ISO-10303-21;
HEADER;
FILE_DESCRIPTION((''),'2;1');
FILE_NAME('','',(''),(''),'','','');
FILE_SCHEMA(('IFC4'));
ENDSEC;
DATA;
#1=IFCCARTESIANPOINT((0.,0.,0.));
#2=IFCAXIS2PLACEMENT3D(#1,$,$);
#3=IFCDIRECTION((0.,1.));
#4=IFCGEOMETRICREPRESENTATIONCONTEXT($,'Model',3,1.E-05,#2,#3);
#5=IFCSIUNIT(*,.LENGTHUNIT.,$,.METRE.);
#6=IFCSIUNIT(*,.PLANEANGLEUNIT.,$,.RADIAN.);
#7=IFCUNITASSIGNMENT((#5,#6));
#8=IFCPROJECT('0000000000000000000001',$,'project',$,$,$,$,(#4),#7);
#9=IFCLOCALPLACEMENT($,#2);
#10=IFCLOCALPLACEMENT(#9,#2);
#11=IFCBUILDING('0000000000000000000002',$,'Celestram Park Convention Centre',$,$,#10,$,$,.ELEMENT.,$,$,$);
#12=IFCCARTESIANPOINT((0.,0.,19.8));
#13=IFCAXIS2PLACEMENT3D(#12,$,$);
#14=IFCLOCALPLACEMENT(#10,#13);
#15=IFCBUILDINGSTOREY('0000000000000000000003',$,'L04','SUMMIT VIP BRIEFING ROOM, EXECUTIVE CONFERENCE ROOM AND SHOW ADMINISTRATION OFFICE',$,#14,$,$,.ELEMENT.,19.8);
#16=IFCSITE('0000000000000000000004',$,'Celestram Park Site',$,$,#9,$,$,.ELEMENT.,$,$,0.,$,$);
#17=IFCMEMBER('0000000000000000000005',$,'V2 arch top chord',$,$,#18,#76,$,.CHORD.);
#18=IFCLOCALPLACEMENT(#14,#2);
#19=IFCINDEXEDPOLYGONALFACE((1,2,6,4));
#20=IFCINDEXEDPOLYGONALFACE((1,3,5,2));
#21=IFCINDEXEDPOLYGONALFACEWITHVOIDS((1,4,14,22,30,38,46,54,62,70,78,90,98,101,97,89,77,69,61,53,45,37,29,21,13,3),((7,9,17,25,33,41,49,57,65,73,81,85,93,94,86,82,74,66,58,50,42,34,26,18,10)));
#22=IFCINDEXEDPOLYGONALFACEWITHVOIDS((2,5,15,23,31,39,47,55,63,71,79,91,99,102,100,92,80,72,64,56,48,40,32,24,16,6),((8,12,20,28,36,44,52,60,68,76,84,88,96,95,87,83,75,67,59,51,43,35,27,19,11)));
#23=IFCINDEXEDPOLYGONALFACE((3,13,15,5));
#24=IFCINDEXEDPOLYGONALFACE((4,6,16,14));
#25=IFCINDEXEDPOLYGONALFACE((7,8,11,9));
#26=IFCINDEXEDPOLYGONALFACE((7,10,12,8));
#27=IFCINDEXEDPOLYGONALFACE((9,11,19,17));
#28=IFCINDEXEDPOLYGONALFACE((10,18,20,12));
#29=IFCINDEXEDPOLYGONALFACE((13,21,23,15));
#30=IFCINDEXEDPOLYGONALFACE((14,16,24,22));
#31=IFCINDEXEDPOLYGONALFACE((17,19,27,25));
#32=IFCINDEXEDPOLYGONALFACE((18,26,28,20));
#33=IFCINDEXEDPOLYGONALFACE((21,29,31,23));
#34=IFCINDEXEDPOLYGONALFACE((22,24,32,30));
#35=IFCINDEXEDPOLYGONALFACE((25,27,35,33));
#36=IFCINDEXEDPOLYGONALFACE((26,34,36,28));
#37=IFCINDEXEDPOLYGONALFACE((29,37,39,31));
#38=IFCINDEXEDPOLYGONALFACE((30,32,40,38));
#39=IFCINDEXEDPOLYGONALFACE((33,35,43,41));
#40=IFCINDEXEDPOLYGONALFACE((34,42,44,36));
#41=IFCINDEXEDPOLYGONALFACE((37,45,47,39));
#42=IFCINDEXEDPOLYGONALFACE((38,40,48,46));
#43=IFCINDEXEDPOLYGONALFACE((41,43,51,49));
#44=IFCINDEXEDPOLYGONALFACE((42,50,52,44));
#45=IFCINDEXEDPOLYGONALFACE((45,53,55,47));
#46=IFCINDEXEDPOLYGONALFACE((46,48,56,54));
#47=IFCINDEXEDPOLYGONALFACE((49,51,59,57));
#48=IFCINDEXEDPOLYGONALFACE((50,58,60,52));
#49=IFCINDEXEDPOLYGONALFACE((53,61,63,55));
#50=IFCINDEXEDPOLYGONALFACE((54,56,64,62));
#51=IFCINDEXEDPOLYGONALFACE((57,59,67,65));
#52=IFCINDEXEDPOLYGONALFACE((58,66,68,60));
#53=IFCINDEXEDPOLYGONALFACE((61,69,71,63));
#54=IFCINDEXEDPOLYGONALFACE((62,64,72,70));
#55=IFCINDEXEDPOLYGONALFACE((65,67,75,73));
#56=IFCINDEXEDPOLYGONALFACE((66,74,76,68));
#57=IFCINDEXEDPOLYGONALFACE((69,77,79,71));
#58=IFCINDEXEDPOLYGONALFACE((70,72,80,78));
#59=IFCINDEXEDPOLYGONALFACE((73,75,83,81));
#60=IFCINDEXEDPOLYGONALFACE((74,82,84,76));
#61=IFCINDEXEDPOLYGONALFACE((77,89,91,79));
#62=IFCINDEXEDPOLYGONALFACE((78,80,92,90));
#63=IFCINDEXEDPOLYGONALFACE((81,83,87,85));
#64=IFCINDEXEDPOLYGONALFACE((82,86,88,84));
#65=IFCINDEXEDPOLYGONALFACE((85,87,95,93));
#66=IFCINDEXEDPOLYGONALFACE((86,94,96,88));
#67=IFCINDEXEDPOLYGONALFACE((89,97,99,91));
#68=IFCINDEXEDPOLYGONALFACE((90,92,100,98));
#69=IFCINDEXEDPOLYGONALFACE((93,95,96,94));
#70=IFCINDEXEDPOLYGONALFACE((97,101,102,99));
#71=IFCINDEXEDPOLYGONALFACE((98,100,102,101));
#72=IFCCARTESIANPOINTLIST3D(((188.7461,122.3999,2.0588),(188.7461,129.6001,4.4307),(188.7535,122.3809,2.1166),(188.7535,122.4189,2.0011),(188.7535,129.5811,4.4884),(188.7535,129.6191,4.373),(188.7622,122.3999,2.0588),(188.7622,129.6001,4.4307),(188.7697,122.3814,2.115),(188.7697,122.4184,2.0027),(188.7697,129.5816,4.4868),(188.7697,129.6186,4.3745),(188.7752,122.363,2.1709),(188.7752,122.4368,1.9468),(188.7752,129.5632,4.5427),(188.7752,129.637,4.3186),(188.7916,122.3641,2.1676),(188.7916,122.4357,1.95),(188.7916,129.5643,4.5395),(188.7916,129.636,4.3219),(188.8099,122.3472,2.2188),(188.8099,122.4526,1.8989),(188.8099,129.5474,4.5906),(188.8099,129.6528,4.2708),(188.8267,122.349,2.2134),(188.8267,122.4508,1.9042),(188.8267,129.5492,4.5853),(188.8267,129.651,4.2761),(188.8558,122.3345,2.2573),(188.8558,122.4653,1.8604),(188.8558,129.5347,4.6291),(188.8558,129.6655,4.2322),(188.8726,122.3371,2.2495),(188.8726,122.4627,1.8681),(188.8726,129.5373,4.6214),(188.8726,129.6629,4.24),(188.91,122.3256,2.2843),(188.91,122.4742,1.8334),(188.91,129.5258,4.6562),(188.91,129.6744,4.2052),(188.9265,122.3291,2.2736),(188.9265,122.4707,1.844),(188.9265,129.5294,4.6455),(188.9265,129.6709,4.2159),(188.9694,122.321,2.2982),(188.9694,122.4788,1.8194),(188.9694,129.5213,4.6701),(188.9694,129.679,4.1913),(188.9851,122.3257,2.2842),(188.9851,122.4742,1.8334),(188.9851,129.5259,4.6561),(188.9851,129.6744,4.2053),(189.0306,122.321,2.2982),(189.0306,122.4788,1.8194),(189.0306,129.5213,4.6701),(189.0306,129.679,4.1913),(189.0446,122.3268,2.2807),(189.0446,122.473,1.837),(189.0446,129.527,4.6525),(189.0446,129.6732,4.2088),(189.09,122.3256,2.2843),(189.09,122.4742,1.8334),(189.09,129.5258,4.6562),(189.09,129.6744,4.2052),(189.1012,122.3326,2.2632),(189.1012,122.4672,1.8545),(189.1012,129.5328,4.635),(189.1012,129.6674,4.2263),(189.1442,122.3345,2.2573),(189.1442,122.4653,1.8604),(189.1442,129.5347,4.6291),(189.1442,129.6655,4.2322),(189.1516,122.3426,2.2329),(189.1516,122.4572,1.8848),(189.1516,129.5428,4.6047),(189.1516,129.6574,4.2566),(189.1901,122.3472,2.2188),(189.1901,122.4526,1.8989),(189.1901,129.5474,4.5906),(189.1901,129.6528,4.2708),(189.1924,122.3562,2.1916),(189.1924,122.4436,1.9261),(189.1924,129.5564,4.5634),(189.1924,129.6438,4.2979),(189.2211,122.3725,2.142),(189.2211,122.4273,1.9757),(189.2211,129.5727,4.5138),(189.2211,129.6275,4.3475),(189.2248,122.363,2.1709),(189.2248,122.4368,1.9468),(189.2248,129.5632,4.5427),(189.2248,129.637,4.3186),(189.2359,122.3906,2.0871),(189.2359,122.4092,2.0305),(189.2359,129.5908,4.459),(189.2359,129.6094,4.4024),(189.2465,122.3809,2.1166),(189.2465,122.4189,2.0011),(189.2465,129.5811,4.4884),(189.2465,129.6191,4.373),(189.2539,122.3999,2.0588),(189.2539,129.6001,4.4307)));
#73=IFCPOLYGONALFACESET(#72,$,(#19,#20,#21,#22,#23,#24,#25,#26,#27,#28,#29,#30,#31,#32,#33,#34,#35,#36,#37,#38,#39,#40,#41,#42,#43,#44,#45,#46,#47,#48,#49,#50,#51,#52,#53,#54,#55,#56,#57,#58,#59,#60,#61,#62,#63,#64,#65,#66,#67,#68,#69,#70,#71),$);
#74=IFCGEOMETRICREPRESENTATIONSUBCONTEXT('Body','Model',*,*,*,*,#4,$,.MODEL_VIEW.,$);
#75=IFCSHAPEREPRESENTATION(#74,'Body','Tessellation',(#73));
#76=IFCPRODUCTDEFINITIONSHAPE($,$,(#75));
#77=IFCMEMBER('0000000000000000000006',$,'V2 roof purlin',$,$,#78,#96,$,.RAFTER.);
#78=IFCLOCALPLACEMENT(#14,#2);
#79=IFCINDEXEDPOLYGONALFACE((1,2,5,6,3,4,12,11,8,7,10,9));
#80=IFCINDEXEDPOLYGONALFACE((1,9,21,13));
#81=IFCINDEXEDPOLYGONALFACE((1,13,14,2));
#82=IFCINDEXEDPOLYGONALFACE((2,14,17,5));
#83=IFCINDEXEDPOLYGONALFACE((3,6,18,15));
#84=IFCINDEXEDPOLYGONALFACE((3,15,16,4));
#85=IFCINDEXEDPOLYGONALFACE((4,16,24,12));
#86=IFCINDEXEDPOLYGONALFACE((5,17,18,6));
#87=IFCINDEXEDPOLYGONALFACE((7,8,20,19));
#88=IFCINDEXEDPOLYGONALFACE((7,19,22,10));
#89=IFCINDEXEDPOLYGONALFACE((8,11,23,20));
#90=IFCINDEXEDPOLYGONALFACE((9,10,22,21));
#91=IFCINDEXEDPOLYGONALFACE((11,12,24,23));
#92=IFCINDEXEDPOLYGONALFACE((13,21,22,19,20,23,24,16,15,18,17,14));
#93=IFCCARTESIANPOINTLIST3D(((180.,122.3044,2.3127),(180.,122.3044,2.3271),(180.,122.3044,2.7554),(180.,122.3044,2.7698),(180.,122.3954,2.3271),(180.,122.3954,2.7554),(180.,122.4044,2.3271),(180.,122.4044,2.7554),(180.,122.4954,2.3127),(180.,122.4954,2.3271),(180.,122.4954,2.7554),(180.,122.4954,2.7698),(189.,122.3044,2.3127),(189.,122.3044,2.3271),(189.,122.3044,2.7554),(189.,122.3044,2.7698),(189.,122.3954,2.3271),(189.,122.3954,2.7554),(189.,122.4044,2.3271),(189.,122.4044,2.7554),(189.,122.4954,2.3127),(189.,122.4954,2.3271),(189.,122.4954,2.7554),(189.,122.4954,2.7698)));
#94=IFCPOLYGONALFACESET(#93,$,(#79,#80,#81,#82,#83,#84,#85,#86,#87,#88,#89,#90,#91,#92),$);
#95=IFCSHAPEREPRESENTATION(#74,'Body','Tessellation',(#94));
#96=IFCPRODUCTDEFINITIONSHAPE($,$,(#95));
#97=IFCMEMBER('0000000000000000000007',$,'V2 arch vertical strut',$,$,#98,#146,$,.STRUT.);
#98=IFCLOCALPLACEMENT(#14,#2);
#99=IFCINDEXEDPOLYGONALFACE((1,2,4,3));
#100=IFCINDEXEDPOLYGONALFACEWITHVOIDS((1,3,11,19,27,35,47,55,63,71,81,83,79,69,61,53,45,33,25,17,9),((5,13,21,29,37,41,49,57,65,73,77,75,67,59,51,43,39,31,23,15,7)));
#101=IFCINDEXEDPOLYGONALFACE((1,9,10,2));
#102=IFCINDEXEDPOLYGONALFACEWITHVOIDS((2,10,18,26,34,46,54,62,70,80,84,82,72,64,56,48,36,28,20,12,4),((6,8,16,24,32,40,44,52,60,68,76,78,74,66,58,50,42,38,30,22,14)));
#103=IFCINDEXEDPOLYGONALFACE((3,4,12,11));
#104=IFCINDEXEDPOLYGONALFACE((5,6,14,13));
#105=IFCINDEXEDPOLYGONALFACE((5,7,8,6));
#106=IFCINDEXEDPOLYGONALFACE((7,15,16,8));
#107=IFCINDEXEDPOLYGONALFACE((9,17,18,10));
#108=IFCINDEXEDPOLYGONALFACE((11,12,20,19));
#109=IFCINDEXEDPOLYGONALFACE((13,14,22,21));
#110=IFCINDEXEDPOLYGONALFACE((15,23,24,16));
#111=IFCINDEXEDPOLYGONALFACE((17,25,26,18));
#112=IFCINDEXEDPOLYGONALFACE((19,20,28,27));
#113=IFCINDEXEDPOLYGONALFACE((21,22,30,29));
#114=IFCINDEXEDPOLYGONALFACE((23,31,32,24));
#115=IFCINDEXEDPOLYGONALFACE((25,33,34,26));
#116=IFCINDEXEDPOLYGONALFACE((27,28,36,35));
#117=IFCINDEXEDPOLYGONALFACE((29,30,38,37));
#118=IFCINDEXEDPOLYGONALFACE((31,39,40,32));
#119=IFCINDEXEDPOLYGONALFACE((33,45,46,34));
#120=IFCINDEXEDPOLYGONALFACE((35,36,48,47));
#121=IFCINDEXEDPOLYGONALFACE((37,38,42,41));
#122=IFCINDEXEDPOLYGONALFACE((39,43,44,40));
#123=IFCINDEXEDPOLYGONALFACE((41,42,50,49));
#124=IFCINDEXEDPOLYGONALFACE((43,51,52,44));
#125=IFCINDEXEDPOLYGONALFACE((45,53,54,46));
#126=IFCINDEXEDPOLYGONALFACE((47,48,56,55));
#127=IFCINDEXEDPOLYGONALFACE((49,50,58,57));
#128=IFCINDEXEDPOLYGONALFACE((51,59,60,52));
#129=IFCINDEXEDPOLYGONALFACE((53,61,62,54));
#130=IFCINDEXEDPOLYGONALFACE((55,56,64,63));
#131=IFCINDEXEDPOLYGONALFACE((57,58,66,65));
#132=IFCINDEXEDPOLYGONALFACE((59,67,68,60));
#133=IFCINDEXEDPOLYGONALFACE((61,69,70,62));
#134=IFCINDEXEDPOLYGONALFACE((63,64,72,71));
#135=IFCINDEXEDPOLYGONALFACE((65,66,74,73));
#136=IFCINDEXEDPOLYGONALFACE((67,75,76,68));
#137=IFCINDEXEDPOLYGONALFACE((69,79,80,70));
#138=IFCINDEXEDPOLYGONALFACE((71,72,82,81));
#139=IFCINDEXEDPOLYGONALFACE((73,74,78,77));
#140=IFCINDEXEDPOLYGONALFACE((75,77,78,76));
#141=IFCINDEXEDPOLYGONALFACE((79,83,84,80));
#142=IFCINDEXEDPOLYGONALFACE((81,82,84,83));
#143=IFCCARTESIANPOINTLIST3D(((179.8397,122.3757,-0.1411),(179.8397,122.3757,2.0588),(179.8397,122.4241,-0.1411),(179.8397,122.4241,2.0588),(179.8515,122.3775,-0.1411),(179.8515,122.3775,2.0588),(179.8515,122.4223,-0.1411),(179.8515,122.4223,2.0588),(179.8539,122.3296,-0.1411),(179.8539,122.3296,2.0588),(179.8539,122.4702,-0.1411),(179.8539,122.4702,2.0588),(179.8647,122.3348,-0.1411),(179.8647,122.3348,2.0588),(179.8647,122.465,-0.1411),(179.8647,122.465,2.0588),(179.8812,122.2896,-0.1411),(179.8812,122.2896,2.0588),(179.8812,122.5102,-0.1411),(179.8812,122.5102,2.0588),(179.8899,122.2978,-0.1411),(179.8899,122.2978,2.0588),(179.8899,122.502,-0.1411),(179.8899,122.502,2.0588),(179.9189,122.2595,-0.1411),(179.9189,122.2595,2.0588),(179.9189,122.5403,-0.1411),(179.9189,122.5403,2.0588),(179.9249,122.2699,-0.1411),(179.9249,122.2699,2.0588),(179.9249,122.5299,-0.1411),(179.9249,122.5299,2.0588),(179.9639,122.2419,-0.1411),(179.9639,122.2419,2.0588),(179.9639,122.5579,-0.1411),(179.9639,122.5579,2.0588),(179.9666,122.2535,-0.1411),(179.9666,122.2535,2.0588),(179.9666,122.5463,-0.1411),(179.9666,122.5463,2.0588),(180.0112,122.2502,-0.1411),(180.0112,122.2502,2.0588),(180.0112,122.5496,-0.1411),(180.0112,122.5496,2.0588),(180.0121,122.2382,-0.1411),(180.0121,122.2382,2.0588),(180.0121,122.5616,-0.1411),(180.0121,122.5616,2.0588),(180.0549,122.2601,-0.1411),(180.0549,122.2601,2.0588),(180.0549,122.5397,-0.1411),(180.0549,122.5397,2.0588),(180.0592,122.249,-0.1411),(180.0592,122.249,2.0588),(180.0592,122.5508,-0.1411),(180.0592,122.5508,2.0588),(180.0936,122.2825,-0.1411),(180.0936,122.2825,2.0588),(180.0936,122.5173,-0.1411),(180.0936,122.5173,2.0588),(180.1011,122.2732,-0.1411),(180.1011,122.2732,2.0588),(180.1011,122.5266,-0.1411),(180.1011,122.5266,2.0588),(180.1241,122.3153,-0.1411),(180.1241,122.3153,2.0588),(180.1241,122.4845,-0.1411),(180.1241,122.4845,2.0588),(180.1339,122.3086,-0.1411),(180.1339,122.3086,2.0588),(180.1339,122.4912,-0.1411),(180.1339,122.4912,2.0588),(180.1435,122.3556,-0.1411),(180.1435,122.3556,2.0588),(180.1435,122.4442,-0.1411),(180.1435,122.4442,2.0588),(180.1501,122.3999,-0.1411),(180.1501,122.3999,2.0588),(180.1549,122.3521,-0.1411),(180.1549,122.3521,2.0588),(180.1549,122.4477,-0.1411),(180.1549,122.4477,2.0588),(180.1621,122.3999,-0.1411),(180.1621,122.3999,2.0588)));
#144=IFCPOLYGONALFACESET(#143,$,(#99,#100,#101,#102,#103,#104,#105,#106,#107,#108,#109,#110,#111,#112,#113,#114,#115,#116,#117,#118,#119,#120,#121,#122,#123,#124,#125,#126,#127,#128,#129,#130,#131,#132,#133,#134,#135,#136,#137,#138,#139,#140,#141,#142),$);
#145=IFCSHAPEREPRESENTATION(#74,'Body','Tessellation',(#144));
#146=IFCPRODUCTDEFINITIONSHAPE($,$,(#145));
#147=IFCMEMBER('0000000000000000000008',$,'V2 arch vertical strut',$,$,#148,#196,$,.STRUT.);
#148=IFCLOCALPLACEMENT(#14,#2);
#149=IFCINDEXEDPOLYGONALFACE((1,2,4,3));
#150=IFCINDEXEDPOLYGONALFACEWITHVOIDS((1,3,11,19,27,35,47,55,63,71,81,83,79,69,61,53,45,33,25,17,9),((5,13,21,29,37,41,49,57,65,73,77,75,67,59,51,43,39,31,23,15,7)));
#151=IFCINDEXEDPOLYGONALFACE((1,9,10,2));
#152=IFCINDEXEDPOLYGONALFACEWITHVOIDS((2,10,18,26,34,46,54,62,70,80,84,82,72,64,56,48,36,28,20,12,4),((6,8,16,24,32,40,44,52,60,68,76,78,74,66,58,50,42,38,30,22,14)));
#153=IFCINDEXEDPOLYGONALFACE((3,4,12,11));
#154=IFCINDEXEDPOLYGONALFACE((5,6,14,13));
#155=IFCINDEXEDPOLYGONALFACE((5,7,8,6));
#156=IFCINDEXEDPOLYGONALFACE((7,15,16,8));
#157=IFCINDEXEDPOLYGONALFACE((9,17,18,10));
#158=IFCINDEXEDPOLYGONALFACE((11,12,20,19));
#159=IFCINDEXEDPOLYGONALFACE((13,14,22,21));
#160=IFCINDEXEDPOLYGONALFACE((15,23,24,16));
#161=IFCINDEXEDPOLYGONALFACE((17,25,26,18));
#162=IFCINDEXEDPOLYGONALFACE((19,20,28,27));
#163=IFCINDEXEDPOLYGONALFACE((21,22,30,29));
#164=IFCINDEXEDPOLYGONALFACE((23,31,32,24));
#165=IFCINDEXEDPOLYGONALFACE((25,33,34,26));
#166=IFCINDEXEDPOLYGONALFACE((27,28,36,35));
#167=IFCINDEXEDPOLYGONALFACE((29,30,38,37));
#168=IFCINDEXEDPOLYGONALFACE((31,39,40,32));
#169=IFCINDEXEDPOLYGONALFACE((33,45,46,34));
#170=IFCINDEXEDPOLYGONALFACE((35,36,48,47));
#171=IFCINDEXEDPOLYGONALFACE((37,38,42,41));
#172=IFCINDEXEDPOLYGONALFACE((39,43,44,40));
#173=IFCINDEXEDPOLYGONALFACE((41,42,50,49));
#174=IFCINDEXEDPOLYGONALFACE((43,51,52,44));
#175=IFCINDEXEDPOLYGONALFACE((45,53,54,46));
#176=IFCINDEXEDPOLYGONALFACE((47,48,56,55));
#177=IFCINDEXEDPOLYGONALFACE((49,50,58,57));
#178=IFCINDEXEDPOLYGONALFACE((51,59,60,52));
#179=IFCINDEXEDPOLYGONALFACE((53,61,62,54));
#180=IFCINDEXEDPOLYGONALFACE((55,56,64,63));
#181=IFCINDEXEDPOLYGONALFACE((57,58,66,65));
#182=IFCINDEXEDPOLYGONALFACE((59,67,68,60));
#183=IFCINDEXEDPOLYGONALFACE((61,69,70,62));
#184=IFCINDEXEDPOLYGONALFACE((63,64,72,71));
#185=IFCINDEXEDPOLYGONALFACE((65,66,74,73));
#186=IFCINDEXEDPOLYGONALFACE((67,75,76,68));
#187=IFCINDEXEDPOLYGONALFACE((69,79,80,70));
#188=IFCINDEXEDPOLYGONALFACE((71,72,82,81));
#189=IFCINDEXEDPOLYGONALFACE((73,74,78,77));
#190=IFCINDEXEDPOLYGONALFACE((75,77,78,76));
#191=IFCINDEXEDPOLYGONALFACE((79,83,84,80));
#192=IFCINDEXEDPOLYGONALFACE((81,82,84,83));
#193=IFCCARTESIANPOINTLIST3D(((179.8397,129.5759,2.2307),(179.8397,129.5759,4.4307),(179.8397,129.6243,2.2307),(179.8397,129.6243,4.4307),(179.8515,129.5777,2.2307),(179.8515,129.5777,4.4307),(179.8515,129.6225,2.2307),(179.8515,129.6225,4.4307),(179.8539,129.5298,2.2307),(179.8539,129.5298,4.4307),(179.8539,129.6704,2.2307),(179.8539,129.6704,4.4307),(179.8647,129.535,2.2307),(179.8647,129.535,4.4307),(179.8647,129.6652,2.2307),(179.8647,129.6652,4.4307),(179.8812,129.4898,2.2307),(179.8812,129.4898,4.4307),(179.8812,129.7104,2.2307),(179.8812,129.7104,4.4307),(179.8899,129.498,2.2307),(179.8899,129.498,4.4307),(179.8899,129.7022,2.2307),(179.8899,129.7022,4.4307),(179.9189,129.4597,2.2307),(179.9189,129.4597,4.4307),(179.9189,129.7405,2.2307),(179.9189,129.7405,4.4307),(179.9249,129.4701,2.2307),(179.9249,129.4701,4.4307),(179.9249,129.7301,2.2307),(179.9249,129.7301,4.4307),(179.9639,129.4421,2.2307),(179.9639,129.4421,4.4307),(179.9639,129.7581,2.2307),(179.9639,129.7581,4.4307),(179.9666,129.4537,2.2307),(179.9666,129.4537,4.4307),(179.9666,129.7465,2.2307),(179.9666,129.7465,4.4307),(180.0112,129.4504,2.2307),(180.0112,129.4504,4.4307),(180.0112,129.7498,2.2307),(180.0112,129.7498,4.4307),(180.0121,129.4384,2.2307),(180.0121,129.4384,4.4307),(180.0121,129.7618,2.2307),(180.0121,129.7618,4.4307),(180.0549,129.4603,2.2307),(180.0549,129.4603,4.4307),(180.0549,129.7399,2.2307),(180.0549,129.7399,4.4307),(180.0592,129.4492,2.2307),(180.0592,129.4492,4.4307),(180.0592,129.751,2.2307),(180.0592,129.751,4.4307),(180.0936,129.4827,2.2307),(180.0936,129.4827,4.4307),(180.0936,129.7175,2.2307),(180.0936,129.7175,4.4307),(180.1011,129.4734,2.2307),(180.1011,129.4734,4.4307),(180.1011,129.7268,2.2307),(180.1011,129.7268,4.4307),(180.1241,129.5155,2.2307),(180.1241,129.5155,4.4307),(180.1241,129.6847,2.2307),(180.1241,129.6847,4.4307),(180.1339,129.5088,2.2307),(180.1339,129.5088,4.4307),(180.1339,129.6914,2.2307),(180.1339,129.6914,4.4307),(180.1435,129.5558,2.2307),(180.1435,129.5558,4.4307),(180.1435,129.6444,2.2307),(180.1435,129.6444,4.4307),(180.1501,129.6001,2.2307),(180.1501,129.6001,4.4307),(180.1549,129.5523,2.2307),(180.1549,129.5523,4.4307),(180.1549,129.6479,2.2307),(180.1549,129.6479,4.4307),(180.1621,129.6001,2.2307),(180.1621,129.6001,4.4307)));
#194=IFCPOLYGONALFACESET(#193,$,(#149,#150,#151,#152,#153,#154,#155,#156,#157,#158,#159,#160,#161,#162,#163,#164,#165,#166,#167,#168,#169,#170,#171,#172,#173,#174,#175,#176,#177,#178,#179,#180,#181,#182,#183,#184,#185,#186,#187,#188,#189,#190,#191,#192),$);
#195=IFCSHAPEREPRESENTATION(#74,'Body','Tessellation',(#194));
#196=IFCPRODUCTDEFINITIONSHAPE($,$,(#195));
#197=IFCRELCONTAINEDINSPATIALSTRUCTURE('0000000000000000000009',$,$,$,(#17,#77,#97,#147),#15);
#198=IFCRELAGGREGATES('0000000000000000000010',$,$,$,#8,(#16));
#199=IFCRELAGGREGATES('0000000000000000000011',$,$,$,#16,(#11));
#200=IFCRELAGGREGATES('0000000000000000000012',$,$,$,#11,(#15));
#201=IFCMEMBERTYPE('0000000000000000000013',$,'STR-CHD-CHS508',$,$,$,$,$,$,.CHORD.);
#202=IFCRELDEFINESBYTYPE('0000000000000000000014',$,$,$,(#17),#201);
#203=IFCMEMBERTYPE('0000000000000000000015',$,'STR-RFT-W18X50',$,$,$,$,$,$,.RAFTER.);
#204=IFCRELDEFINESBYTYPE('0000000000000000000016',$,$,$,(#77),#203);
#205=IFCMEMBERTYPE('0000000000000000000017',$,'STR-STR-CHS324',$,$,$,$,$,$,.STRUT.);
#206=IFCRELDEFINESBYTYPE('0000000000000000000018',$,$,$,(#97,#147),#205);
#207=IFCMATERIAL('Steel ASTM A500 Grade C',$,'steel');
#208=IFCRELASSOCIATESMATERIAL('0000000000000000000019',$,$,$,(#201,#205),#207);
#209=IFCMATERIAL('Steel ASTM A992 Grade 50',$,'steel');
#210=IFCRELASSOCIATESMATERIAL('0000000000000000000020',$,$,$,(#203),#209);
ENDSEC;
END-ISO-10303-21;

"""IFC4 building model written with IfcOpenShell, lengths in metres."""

from ifc_helpers import new_model, si_unit, direction, frame, origin, origin_2d, place, context, subcontext, project, spatial, hollow_circle, i_section, extrude, material, material_profile, profile_set, type_object, element, save


model = new_model("IFC4")

# Units and contexts
model_context = context("Model", 3, precision=1e-05, world=origin(), true_north=direction((0.0, 1.0)))
body_context = subcontext(model_context, "Body", "Model", "MODEL_VIEW")
ifc_project = project(units=[si_unit("LENGTHUNIT", "METRE"), si_unit("PLANEANGLEUNIT", "RADIAN")], contexts=[model_context])

# Site, building, storey
site_placement = place(None, origin())
site = spatial("IfcSite", under=ifc_project, at=site_placement, Name="Celestram Park Site", CompositionType="ELEMENT", RefElevation=0.0)
building_placement = place(site_placement, origin())
building = spatial("IfcBuilding", under=site, at=building_placement, Name="Celestram Park Convention Centre", CompositionType="ELEMENT")
storey_placement = place(building_placement, frame((0.0, 0.0, 19.8)))
storey = spatial("IfcBuildingStorey", under=building, at=storey_placement, Name="L04", Description="SUMMIT VIP BRIEFING ROOM, EXECUTIVE CONFERENCE ROOM AND SHOW ADMINISTRATION OFFICE", CompositionType="ELEMENT", Elevation=19.8)

# Members
ifc_material_1 = material(Name="Steel ASTM A500 Grade C", Category="steel")
ifc_material_profile_1 = material_profile(ifc_material_1, hollow_circle(Radius=0.2539, WallThickness=0.0161, at=origin_2d()), Name="CHS508X16")
ifc_profile_set_1 = profile_set([ifc_material_profile_1], Name="Steel ASTM A500 Grade C")
member_type_1 = type_object("IfcMemberType", Name="STR-CHD-CHS508", PredefinedType="CHORD", material=ifc_profile_set_1)
member_1_placement = place(storey_placement, frame((189.0, 122.3999, 2.0588), z_axis=(0.0, 0.949795, 0.312873), x_axis=(-1.0, 0.0, 0.0)))
element("IfcMember", 1, at=member_1_placement, inside=storey, type_object=member_type_1, Name="V2 arch top chord", PredefinedType="CHORD", context=body_context, shape_type="SweptSolid", body=[
    extrude(hollow_circle(Radius=0.2539, WallThickness=0.0161, at=origin_2d()), origin(), (0.0, 0.0, 1.0), 7.5808),
])
ifc_material_2 = material(Name="Steel ASTM A992 Grade 50", Category="steel")
ifc_material_profile_2 = material_profile(ifc_material_2, i_section(OverallWidth=0.1909, OverallDepth=0.457, WebThickness=0.009, FlangeThickness=0.0144, at=origin_2d()), Name="W18X50")
ifc_profile_set_2 = profile_set([ifc_material_profile_2], Name="Steel ASTM A992 Grade 50")
member_type_2 = type_object("IfcMemberType", Name="STR-RFT-W18X50", PredefinedType="RAFTER", material=ifc_profile_set_2)
member_2_placement = place(storey_placement, frame((180.0, 122.3999, 2.5413), z_axis=(1.0, 0.0, 0.0), x_axis=(0.0, 1.0, 0.0)))
element("IfcMember", 2, at=member_2_placement, inside=storey, type_object=member_type_2, Name="V2 roof purlin", PredefinedType="RAFTER", context=body_context, shape_type="SweptSolid", body=[
    extrude(i_section(OverallWidth=0.1909, OverallDepth=0.457, WebThickness=0.009, FlangeThickness=0.0144, at=origin_2d()), origin(), (0.0, 0.0, 1.0), 9.0),
])
ifc_material_profile_3 = material_profile(ifc_material_1, hollow_circle(Radius=0.1621, WallThickness=0.012, at=origin_2d()), Name="CHS324X12")
ifc_profile_set_3 = profile_set([ifc_material_profile_3], Name="Steel ASTM A500 Grade C")
member_type_3 = type_object("IfcMemberType", Name="STR-STR-CHS324", PredefinedType="STRUT", material=ifc_profile_set_3)
for number, where, z_axis, x_axis, name in (
    (3, (180.0, 122.3999, -0.1411), (0.0, 0.0, 1.0), (1.0, 0.0, 0.0), "V2 arch vertical strut"),
    (4, (180.0, 129.6001, 2.2307), (0.0, 0.0, 1.0), (1.0, 0.0, 0.0), "V2 arch vertical strut"),
):
    element("IfcMember", number, at=place(storey_placement, frame(where, z_axis=z_axis, x_axis=x_axis)), inside=storey, type_object=member_type_3, Name=name, PredefinedType="STRUT", context=body_context, shape_type="SweptSolid", body=[
        extrude(hollow_circle(Radius=0.1621, WallThickness=0.012, at=origin_2d()), origin(), (0.0, 0.0, 1.0), 2.2),
    ])

save(model, "model.ifc")
